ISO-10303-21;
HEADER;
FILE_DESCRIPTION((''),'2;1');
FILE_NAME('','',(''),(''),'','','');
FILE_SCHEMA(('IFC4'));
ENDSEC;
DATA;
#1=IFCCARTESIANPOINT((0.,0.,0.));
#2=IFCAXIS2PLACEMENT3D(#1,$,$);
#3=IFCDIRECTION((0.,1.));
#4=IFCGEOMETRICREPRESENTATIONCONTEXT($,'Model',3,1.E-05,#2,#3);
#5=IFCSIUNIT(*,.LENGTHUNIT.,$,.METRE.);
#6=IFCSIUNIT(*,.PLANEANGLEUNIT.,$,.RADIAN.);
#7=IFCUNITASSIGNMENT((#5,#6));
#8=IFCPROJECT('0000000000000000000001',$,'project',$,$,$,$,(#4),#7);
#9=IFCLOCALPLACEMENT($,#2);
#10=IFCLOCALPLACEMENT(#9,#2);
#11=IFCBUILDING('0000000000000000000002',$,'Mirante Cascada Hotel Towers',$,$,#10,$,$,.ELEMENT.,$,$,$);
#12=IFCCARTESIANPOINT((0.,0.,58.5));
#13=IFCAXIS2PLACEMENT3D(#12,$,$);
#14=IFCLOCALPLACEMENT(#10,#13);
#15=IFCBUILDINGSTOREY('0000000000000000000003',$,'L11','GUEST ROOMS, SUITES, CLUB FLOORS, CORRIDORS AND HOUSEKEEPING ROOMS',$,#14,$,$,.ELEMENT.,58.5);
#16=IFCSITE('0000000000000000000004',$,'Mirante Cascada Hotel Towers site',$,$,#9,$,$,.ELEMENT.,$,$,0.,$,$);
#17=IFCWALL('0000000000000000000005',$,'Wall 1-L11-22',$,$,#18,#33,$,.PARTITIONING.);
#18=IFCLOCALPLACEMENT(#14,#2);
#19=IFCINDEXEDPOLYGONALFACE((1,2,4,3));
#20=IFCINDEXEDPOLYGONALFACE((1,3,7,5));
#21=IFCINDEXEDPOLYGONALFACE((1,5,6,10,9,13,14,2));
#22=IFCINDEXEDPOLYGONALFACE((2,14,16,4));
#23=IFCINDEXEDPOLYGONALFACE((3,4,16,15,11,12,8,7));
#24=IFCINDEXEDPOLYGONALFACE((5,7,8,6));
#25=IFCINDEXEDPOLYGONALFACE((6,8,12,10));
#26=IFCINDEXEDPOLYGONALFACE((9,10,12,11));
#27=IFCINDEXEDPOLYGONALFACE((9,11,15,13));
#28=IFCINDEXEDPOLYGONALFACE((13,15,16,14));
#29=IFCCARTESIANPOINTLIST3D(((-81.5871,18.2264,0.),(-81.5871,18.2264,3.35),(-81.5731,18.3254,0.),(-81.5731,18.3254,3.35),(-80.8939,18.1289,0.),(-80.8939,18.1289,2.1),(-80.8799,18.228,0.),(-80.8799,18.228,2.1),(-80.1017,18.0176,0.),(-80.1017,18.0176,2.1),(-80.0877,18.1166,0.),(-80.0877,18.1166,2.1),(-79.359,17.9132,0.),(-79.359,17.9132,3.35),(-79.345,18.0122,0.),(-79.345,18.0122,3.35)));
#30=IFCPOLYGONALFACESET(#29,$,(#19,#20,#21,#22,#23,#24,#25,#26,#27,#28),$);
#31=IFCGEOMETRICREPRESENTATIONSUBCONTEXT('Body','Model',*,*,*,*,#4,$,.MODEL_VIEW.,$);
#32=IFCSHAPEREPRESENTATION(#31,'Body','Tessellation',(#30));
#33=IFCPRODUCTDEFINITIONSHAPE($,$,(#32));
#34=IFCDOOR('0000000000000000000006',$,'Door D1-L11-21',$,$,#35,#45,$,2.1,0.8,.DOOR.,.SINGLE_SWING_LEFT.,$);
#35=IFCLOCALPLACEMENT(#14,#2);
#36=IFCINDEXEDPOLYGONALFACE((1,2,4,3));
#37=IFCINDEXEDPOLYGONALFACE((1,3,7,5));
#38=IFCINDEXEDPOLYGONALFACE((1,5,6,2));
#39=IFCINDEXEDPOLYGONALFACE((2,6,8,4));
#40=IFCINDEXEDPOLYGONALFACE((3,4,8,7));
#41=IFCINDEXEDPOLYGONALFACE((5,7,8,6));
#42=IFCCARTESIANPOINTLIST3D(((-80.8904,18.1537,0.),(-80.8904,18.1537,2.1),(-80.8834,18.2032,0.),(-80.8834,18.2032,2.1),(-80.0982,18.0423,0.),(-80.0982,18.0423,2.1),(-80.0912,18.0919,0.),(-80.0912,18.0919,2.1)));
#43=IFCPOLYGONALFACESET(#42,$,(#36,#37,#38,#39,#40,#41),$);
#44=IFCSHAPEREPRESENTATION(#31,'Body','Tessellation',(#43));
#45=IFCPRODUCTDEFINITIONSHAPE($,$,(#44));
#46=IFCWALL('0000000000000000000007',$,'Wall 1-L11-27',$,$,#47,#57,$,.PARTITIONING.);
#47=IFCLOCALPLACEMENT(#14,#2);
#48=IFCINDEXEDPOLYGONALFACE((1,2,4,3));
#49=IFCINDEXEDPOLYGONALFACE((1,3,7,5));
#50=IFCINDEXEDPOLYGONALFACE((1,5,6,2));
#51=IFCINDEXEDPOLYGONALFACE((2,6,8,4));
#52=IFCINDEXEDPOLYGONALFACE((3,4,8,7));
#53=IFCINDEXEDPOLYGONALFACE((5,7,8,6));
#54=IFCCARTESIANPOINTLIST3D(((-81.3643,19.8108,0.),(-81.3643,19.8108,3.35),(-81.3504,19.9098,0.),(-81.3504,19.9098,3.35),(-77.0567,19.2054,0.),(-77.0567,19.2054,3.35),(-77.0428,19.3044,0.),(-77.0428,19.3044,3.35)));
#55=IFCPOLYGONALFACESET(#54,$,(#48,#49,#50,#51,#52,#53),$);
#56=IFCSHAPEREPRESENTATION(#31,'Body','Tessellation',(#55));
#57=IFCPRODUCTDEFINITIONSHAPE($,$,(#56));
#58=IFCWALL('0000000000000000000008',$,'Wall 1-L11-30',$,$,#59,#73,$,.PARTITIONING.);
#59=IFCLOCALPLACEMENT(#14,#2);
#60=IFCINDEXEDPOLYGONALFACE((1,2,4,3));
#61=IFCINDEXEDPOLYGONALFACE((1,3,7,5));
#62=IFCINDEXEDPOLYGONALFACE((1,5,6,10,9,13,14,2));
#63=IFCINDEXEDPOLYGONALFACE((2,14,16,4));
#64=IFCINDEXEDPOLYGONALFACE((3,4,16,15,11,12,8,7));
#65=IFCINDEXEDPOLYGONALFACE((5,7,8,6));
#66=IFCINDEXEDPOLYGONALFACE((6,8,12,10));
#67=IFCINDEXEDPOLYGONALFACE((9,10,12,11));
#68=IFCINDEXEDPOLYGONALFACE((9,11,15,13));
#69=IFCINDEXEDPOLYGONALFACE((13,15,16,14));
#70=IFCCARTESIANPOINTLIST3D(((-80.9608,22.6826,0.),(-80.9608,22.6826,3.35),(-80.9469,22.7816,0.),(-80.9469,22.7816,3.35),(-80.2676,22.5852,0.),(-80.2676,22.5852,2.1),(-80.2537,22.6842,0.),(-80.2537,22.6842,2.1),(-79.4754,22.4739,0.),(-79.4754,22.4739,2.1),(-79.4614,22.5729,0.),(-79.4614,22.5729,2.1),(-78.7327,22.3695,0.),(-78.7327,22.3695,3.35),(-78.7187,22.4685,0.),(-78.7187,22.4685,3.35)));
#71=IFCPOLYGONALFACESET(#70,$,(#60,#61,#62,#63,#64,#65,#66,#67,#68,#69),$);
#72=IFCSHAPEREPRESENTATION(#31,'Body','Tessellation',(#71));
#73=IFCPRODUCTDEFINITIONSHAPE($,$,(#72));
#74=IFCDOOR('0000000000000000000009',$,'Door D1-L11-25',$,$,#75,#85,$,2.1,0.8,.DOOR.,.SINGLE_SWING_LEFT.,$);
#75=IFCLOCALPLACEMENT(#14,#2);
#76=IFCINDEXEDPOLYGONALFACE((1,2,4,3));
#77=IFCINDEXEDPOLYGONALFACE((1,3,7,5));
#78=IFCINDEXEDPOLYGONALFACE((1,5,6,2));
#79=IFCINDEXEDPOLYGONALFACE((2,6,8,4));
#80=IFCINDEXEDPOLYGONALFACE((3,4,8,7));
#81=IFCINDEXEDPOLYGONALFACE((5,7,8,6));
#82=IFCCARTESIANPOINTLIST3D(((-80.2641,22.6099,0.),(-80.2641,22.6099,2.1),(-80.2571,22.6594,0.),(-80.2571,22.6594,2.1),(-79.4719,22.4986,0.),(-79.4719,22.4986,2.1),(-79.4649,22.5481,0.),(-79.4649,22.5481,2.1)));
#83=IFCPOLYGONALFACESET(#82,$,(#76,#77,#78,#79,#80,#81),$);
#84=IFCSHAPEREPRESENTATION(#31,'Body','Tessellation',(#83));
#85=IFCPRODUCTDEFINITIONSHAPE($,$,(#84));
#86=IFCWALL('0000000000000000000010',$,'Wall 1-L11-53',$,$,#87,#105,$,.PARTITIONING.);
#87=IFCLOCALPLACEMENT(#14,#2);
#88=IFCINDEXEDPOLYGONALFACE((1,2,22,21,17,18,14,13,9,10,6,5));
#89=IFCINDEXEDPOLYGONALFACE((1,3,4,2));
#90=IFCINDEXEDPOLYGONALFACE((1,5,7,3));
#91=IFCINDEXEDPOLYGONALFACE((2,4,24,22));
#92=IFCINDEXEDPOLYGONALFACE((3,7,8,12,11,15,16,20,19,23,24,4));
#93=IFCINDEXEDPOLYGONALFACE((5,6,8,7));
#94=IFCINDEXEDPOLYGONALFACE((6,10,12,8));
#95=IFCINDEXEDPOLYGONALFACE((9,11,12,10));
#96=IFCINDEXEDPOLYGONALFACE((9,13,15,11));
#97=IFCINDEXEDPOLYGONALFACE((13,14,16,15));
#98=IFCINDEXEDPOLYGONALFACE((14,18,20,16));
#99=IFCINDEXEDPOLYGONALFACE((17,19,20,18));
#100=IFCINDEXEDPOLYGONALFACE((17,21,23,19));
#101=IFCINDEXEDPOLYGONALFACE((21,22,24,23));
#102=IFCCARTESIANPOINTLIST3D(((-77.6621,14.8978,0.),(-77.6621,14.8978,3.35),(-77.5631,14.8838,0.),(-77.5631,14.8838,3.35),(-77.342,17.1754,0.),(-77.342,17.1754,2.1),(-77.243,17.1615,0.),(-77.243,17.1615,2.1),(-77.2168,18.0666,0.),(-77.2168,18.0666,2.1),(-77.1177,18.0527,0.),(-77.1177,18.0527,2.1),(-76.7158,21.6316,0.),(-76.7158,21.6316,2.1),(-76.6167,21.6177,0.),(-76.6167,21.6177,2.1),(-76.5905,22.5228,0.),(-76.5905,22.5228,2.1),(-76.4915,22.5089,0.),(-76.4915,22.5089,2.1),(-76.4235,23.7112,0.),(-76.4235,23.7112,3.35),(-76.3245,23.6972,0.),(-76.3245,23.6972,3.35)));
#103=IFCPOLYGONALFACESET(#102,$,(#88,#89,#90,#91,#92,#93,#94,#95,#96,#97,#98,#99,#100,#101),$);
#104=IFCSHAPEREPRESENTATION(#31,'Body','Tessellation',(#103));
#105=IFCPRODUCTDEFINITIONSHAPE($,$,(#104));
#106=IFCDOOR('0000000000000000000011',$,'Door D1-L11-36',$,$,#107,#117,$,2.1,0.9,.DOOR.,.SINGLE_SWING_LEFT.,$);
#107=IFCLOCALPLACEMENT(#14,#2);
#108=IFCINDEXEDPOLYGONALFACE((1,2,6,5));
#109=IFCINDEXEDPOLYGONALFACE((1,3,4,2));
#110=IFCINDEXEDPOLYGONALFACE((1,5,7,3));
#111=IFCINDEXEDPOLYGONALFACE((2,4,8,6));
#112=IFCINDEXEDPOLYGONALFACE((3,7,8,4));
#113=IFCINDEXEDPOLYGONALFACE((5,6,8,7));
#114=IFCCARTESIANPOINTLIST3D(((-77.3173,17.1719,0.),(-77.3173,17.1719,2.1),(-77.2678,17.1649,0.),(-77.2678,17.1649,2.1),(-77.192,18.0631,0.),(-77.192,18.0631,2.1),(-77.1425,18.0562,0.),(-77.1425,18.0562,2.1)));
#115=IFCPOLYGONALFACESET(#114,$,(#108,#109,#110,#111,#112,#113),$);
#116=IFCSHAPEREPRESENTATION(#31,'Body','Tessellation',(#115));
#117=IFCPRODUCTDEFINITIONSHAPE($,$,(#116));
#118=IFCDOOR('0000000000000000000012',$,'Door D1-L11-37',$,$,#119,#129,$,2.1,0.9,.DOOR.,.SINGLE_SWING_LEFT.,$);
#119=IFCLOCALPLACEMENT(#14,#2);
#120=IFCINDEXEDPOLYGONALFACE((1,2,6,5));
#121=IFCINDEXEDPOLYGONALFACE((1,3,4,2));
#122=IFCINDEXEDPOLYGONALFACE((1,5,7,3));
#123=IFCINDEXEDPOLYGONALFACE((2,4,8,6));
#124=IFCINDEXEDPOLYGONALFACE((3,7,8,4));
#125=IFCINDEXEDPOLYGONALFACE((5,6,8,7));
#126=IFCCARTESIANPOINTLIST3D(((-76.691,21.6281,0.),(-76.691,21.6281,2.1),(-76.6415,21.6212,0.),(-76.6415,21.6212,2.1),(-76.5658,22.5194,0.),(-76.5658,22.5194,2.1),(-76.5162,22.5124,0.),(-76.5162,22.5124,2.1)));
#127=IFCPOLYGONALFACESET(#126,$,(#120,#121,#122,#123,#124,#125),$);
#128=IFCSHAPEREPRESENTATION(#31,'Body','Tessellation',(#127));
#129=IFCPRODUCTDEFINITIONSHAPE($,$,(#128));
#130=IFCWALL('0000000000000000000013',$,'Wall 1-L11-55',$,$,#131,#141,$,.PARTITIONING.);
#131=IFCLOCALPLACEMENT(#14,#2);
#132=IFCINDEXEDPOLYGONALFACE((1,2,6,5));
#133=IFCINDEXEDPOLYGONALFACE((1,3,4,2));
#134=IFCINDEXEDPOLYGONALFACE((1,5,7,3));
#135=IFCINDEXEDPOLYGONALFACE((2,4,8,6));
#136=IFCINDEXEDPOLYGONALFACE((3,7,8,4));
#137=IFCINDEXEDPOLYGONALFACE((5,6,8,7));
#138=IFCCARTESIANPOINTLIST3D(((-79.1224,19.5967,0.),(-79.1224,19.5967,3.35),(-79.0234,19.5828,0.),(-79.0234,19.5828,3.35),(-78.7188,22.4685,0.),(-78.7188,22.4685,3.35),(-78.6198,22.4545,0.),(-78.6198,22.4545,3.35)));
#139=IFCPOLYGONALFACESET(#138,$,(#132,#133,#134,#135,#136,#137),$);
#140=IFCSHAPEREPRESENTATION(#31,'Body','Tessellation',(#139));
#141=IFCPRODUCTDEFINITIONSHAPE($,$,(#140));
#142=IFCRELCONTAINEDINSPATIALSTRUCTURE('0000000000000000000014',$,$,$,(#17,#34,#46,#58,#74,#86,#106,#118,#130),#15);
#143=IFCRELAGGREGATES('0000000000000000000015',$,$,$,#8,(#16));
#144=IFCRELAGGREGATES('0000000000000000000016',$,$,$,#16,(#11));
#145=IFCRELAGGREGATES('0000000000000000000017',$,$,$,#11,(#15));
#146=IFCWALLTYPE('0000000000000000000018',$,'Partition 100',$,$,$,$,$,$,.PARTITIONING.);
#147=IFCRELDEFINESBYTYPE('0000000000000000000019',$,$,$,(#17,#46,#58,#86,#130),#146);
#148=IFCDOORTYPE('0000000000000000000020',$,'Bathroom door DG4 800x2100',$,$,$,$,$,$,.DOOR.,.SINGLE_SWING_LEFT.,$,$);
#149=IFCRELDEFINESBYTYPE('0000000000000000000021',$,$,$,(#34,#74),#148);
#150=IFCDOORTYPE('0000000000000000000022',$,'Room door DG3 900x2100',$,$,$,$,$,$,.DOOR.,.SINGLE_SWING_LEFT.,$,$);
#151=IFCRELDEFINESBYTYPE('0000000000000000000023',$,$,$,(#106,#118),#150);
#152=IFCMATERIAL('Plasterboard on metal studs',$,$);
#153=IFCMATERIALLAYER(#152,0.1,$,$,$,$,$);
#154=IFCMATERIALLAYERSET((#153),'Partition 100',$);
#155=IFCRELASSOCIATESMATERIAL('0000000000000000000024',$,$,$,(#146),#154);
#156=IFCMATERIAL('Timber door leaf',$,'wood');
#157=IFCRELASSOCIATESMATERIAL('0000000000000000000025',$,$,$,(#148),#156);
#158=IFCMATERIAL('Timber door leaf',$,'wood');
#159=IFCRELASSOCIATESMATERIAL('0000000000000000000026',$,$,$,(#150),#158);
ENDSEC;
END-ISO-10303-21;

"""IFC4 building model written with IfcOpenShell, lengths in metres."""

from ifc_helpers import new_model, si_unit, direction, frame, frame_2d, origin, place, context, subcontext, project, spatial, rectangle, extrude, material, layer, layer_set, type_object, element, fill, save


model = new_model("IFC4")

# Units and contexts
model_context = context("Model", 3, precision=1e-05, world=origin(), true_north=direction((0.0, 1.0)))
body_context = subcontext(model_context, "Body", "Model", "MODEL_VIEW")
ifc_project = project(units=[si_unit("LENGTHUNIT", "METRE"), si_unit("PLANEANGLEUNIT", "RADIAN")], contexts=[model_context])

# Site, building, storey
site_placement = place(None, origin())
site = spatial("IfcSite", under=ifc_project, at=site_placement, Name="Mirante Cascada Hotel Towers site", CompositionType="ELEMENT", RefElevation=0.0)
building_placement = place(site_placement, origin())
building = spatial("IfcBuilding", under=site, at=building_placement, Name="Mirante Cascada Hotel Towers", CompositionType="ELEMENT")
storey_placement = place(building_placement, frame((0.0, 0.0, 58.5)))
storey = spatial("IfcBuildingStorey", under=building, at=storey_placement, Name="L11", Description="GUEST ROOMS, SUITES, CLUB FLOORS, CORRIDORS AND HOUSEKEEPING ROOMS", CompositionType="ELEMENT", Elevation=58.5)

# Shared definitions
ifc_material_1 = material(Name="Plasterboard on metal studs")
ifc_layer_1 = layer(ifc_material_1, 0.1)
ifc_layer_set_1 = layer_set([ifc_layer_1], Name="Partition 100")
wall_type_1 = type_object("IfcWallType", Name="Partition 100", PredefinedType="PARTITIONING", material=ifc_layer_set_1)
ifc_material_2 = material(Name="Timber door leaf", Category="wood")
door_type_1 = type_object("IfcDoorType", Name="Bathroom door DG4 800x2100", OperationType="SINGLE_SWING_LEFT", PredefinedType="DOOR", material=ifc_material_2)

# Wall, opening, door
wall_1_placement = place(storey_placement, frame((-79.352, 17.9627, 0.0), z_axis=(0.0, 0.0, 1.0), x_axis=(-0.990264, 0.1392, 0.0)))
wall_1 = element("IfcWall", 1, at=wall_1_placement, inside=storey, type_object=wall_type_1, Name="Wall 1-L11-22", PredefinedType="PARTITIONING", context=body_context, shape_type="SweptSolid", body=[
    extrude(rectangle(XDim=2.25, YDim=0.1, at=frame_2d((1.125, 0.0))), origin(), (0.0, 0.0, 1.0), 3.35),
])
opening_1_placement = place(wall_1_placement, frame((0.75, 0.0, 0.0)))
opening_1 = element("IfcOpeningElement", 2, at=opening_1_placement, cuts=wall_1, PredefinedType="OPENING", context=body_context, shape_type="SweptSolid", body=[
    extrude(rectangle(XDim=0.8, YDim=2.1, at=frame_2d((0.4, 1.05))), frame((0.0, 0.05, 0.0), z_axis=(0.0, -1.0, 0.0), x_axis=(1.0, 0.0, 0.0)), (0.0, 0.0, 1.0), 0.1),
])
door_1_placement = place(opening_1_placement, origin())
door_1 = element("IfcDoor", 3, at=door_1_placement, inside=storey, type_object=door_type_1, Name="Door D1-L11-21", OperationType="SINGLE_SWING_LEFT", OverallHeight=2.1, OverallWidth=0.8, PredefinedType="DOOR", context=body_context, shape_type="SweptSolid", body=[
    extrude(rectangle(XDim=0.8, YDim=2.1, at=frame_2d((0.4, 1.05))), frame((0.0, 0.025, 0.0), z_axis=(0.0, -1.0, 0.0), x_axis=(1.0, 0.0, 0.0)), (0.0, 0.0, 1.0), 0.05),
])
fill(opening_1, door_1)

# Wall
wall_2_placement = place(storey_placement, frame((-81.3574, 19.8603, 0.0), z_axis=(0.0, 0.0, 1.0), x_axis=(0.990268, -0.139175, 0.0)))
element("IfcWall", 4, at=wall_2_placement, inside=storey, type_object=wall_type_1, Name="Wall 1-L11-27", PredefinedType="PARTITIONING", context=body_context, shape_type="SweptSolid", body=[
    extrude(rectangle(XDim=4.3499, YDim=0.1, at=frame_2d((2.175, 0.0))), origin(), (0.0, 0.0, 1.0), 3.35),
])

# Wall, opening, door
wall_3_placement = place(storey_placement, frame((-78.7257, 22.419, 0.0), z_axis=(0.0, 0.0, 1.0), x_axis=(-0.990271, 0.139156, 0.0)))
wall_3 = element("IfcWall", 5, at=wall_3_placement, inside=storey, type_object=wall_type_1, Name="Wall 1-L11-30", PredefinedType="PARTITIONING", context=body_context, shape_type="SweptSolid", body=[
    extrude(rectangle(XDim=2.25, YDim=0.1, at=frame_2d((1.125, 0.0))), origin(), (0.0, 0.0, 1.0), 3.35),
])
opening_2_placement = place(wall_3_placement, frame((0.75, 0.0, 0.0)))
opening_2 = element("IfcOpeningElement", 6, at=opening_2_placement, cuts=wall_3, PredefinedType="OPENING", context=body_context, shape_type="SweptSolid", body=[
    extrude(rectangle(XDim=0.8, YDim=2.1, at=frame_2d((0.4, 1.05))), frame((0.0, 0.05, 0.0), z_axis=(0.0, -1.0, 0.0), x_axis=(1.0, 0.0, 0.0)), (0.0, 0.0, 1.0), 0.1),
])
door_2_placement = place(opening_2_placement, origin())
door_2 = element("IfcDoor", 7, at=door_2_placement, inside=storey, type_object=door_type_1, Name="Door D1-L11-25", OperationType="SINGLE_SWING_LEFT", OverallHeight=2.1, OverallWidth=0.8, PredefinedType="DOOR", context=body_context, shape_type="SweptSolid", body=[
    extrude(rectangle(XDim=0.8, YDim=2.1, at=frame_2d((0.4, 1.05))), frame((0.0, 0.025, 0.0), z_axis=(0.0, -1.0, 0.0), x_axis=(1.0, 0.0, 0.0)), (0.0, 0.0, 1.0), 0.05),
])
fill(opening_2, door_2)

# Wall, openings, doors
wall_4_placement = place(storey_placement, frame((-76.374, 23.7042, 0.0), z_axis=(0.0, 0.0, 1.0), x_axis=(-0.139168, -0.990269, 0.0)))
wall_4 = element("IfcWall", 8, at=wall_4_placement, inside=storey, type_object=wall_type_1, Name="Wall 1-L11-53", PredefinedType="PARTITIONING", context=body_context, shape_type="SweptSolid", body=[
    extrude(rectangle(XDim=8.9, YDim=0.1, at=frame_2d((4.45, 0.0))), origin(), (0.0, 0.0, 1.0), 3.35),
])
opening_3_placement = place(wall_4_placement, frame((5.7, 0.0, 0.0)))
opening_3 = element("IfcOpeningElement", 9, at=opening_3_placement, cuts=wall_4, PredefinedType="OPENING", context=body_context, shape_type="SweptSolid", body=[
    extrude(rectangle(XDim=0.9, YDim=2.1, at=frame_2d((0.45, 1.05))), frame((0.0, 0.05, 0.0), z_axis=(0.0, -1.0, 0.0), x_axis=(1.0, 0.0, 0.0)), (0.0, 0.0, 1.0), 0.1),
])
opening_4_placement = place(wall_4_placement, frame((1.2, 0.0, 0.0)))
opening_4 = element("IfcOpeningElement", 10, at=opening_4_placement, cuts=wall_4, PredefinedType="OPENING", context=body_context, shape_type="SweptSolid", body=[
    extrude(rectangle(XDim=0.9, YDim=2.1, at=frame_2d((0.45, 1.05))), frame((0.0, 0.05, 0.0), z_axis=(0.0, -1.0, 0.0), x_axis=(1.0, 0.0, 0.0)), (0.0, 0.0, 1.0), 0.1),
])
ifc_material_3 = material(Name="Timber door leaf", Category="wood")
door_type_2 = type_object("IfcDoorType", Name="Room door DG3 900x2100", OperationType="SINGLE_SWING_LEFT", PredefinedType="DOOR", material=ifc_material_3)
door_3_placement = place(opening_3_placement, origin())
door_3 = element("IfcDoor", 11, at=door_3_placement, inside=storey, type_object=door_type_2, Name="Door D1-L11-36", OperationType="SINGLE_SWING_LEFT", OverallHeight=2.1, OverallWidth=0.9, PredefinedType="DOOR", context=body_context, shape_type="SweptSolid", body=[
    extrude(rectangle(XDim=0.9, YDim=2.1, at=frame_2d((0.45, 1.05))), frame((0.0, 0.025, 0.0), z_axis=(0.0, -1.0, 0.0), x_axis=(1.0, 0.0, 0.0)), (0.0, 0.0, 1.0), 0.05),
])
fill(opening_3, door_3)
door_4_placement = place(opening_4_placement, origin())
door_4 = element("IfcDoor", 12, at=door_4_placement, inside=storey, type_object=door_type_2, Name="Door D1-L11-37", OperationType="SINGLE_SWING_LEFT", OverallHeight=2.1, OverallWidth=0.9, PredefinedType="DOOR", context=body_context, shape_type="SweptSolid", body=[
    extrude(rectangle(XDim=0.9, YDim=2.1, at=frame_2d((0.45, 1.05))), frame((0.0, 0.025, 0.0), z_axis=(0.0, -1.0, 0.0), x_axis=(1.0, 0.0, 0.0)), (0.0, 0.0, 1.0), 0.05),
])
fill(opening_4, door_4)

# Wall
wall_5_placement = place(storey_placement, frame((-78.6693, 22.4615, 0.0), z_axis=(0.0, 0.0, 1.0), x_axis=(-0.139171, -0.990268, 0.0)))
element("IfcWall", 13, at=wall_5_placement, inside=storey, type_object=wall_type_1, Name="Wall 1-L11-55", PredefinedType="PARTITIONING", context=body_context, shape_type="SweptSolid", body=[
    extrude(rectangle(XDim=2.9, YDim=0.1, at=frame_2d((1.45, 0.0))), origin(), (0.0, 0.0, 1.0), 3.35),
])

save(model, "model.ifc")
